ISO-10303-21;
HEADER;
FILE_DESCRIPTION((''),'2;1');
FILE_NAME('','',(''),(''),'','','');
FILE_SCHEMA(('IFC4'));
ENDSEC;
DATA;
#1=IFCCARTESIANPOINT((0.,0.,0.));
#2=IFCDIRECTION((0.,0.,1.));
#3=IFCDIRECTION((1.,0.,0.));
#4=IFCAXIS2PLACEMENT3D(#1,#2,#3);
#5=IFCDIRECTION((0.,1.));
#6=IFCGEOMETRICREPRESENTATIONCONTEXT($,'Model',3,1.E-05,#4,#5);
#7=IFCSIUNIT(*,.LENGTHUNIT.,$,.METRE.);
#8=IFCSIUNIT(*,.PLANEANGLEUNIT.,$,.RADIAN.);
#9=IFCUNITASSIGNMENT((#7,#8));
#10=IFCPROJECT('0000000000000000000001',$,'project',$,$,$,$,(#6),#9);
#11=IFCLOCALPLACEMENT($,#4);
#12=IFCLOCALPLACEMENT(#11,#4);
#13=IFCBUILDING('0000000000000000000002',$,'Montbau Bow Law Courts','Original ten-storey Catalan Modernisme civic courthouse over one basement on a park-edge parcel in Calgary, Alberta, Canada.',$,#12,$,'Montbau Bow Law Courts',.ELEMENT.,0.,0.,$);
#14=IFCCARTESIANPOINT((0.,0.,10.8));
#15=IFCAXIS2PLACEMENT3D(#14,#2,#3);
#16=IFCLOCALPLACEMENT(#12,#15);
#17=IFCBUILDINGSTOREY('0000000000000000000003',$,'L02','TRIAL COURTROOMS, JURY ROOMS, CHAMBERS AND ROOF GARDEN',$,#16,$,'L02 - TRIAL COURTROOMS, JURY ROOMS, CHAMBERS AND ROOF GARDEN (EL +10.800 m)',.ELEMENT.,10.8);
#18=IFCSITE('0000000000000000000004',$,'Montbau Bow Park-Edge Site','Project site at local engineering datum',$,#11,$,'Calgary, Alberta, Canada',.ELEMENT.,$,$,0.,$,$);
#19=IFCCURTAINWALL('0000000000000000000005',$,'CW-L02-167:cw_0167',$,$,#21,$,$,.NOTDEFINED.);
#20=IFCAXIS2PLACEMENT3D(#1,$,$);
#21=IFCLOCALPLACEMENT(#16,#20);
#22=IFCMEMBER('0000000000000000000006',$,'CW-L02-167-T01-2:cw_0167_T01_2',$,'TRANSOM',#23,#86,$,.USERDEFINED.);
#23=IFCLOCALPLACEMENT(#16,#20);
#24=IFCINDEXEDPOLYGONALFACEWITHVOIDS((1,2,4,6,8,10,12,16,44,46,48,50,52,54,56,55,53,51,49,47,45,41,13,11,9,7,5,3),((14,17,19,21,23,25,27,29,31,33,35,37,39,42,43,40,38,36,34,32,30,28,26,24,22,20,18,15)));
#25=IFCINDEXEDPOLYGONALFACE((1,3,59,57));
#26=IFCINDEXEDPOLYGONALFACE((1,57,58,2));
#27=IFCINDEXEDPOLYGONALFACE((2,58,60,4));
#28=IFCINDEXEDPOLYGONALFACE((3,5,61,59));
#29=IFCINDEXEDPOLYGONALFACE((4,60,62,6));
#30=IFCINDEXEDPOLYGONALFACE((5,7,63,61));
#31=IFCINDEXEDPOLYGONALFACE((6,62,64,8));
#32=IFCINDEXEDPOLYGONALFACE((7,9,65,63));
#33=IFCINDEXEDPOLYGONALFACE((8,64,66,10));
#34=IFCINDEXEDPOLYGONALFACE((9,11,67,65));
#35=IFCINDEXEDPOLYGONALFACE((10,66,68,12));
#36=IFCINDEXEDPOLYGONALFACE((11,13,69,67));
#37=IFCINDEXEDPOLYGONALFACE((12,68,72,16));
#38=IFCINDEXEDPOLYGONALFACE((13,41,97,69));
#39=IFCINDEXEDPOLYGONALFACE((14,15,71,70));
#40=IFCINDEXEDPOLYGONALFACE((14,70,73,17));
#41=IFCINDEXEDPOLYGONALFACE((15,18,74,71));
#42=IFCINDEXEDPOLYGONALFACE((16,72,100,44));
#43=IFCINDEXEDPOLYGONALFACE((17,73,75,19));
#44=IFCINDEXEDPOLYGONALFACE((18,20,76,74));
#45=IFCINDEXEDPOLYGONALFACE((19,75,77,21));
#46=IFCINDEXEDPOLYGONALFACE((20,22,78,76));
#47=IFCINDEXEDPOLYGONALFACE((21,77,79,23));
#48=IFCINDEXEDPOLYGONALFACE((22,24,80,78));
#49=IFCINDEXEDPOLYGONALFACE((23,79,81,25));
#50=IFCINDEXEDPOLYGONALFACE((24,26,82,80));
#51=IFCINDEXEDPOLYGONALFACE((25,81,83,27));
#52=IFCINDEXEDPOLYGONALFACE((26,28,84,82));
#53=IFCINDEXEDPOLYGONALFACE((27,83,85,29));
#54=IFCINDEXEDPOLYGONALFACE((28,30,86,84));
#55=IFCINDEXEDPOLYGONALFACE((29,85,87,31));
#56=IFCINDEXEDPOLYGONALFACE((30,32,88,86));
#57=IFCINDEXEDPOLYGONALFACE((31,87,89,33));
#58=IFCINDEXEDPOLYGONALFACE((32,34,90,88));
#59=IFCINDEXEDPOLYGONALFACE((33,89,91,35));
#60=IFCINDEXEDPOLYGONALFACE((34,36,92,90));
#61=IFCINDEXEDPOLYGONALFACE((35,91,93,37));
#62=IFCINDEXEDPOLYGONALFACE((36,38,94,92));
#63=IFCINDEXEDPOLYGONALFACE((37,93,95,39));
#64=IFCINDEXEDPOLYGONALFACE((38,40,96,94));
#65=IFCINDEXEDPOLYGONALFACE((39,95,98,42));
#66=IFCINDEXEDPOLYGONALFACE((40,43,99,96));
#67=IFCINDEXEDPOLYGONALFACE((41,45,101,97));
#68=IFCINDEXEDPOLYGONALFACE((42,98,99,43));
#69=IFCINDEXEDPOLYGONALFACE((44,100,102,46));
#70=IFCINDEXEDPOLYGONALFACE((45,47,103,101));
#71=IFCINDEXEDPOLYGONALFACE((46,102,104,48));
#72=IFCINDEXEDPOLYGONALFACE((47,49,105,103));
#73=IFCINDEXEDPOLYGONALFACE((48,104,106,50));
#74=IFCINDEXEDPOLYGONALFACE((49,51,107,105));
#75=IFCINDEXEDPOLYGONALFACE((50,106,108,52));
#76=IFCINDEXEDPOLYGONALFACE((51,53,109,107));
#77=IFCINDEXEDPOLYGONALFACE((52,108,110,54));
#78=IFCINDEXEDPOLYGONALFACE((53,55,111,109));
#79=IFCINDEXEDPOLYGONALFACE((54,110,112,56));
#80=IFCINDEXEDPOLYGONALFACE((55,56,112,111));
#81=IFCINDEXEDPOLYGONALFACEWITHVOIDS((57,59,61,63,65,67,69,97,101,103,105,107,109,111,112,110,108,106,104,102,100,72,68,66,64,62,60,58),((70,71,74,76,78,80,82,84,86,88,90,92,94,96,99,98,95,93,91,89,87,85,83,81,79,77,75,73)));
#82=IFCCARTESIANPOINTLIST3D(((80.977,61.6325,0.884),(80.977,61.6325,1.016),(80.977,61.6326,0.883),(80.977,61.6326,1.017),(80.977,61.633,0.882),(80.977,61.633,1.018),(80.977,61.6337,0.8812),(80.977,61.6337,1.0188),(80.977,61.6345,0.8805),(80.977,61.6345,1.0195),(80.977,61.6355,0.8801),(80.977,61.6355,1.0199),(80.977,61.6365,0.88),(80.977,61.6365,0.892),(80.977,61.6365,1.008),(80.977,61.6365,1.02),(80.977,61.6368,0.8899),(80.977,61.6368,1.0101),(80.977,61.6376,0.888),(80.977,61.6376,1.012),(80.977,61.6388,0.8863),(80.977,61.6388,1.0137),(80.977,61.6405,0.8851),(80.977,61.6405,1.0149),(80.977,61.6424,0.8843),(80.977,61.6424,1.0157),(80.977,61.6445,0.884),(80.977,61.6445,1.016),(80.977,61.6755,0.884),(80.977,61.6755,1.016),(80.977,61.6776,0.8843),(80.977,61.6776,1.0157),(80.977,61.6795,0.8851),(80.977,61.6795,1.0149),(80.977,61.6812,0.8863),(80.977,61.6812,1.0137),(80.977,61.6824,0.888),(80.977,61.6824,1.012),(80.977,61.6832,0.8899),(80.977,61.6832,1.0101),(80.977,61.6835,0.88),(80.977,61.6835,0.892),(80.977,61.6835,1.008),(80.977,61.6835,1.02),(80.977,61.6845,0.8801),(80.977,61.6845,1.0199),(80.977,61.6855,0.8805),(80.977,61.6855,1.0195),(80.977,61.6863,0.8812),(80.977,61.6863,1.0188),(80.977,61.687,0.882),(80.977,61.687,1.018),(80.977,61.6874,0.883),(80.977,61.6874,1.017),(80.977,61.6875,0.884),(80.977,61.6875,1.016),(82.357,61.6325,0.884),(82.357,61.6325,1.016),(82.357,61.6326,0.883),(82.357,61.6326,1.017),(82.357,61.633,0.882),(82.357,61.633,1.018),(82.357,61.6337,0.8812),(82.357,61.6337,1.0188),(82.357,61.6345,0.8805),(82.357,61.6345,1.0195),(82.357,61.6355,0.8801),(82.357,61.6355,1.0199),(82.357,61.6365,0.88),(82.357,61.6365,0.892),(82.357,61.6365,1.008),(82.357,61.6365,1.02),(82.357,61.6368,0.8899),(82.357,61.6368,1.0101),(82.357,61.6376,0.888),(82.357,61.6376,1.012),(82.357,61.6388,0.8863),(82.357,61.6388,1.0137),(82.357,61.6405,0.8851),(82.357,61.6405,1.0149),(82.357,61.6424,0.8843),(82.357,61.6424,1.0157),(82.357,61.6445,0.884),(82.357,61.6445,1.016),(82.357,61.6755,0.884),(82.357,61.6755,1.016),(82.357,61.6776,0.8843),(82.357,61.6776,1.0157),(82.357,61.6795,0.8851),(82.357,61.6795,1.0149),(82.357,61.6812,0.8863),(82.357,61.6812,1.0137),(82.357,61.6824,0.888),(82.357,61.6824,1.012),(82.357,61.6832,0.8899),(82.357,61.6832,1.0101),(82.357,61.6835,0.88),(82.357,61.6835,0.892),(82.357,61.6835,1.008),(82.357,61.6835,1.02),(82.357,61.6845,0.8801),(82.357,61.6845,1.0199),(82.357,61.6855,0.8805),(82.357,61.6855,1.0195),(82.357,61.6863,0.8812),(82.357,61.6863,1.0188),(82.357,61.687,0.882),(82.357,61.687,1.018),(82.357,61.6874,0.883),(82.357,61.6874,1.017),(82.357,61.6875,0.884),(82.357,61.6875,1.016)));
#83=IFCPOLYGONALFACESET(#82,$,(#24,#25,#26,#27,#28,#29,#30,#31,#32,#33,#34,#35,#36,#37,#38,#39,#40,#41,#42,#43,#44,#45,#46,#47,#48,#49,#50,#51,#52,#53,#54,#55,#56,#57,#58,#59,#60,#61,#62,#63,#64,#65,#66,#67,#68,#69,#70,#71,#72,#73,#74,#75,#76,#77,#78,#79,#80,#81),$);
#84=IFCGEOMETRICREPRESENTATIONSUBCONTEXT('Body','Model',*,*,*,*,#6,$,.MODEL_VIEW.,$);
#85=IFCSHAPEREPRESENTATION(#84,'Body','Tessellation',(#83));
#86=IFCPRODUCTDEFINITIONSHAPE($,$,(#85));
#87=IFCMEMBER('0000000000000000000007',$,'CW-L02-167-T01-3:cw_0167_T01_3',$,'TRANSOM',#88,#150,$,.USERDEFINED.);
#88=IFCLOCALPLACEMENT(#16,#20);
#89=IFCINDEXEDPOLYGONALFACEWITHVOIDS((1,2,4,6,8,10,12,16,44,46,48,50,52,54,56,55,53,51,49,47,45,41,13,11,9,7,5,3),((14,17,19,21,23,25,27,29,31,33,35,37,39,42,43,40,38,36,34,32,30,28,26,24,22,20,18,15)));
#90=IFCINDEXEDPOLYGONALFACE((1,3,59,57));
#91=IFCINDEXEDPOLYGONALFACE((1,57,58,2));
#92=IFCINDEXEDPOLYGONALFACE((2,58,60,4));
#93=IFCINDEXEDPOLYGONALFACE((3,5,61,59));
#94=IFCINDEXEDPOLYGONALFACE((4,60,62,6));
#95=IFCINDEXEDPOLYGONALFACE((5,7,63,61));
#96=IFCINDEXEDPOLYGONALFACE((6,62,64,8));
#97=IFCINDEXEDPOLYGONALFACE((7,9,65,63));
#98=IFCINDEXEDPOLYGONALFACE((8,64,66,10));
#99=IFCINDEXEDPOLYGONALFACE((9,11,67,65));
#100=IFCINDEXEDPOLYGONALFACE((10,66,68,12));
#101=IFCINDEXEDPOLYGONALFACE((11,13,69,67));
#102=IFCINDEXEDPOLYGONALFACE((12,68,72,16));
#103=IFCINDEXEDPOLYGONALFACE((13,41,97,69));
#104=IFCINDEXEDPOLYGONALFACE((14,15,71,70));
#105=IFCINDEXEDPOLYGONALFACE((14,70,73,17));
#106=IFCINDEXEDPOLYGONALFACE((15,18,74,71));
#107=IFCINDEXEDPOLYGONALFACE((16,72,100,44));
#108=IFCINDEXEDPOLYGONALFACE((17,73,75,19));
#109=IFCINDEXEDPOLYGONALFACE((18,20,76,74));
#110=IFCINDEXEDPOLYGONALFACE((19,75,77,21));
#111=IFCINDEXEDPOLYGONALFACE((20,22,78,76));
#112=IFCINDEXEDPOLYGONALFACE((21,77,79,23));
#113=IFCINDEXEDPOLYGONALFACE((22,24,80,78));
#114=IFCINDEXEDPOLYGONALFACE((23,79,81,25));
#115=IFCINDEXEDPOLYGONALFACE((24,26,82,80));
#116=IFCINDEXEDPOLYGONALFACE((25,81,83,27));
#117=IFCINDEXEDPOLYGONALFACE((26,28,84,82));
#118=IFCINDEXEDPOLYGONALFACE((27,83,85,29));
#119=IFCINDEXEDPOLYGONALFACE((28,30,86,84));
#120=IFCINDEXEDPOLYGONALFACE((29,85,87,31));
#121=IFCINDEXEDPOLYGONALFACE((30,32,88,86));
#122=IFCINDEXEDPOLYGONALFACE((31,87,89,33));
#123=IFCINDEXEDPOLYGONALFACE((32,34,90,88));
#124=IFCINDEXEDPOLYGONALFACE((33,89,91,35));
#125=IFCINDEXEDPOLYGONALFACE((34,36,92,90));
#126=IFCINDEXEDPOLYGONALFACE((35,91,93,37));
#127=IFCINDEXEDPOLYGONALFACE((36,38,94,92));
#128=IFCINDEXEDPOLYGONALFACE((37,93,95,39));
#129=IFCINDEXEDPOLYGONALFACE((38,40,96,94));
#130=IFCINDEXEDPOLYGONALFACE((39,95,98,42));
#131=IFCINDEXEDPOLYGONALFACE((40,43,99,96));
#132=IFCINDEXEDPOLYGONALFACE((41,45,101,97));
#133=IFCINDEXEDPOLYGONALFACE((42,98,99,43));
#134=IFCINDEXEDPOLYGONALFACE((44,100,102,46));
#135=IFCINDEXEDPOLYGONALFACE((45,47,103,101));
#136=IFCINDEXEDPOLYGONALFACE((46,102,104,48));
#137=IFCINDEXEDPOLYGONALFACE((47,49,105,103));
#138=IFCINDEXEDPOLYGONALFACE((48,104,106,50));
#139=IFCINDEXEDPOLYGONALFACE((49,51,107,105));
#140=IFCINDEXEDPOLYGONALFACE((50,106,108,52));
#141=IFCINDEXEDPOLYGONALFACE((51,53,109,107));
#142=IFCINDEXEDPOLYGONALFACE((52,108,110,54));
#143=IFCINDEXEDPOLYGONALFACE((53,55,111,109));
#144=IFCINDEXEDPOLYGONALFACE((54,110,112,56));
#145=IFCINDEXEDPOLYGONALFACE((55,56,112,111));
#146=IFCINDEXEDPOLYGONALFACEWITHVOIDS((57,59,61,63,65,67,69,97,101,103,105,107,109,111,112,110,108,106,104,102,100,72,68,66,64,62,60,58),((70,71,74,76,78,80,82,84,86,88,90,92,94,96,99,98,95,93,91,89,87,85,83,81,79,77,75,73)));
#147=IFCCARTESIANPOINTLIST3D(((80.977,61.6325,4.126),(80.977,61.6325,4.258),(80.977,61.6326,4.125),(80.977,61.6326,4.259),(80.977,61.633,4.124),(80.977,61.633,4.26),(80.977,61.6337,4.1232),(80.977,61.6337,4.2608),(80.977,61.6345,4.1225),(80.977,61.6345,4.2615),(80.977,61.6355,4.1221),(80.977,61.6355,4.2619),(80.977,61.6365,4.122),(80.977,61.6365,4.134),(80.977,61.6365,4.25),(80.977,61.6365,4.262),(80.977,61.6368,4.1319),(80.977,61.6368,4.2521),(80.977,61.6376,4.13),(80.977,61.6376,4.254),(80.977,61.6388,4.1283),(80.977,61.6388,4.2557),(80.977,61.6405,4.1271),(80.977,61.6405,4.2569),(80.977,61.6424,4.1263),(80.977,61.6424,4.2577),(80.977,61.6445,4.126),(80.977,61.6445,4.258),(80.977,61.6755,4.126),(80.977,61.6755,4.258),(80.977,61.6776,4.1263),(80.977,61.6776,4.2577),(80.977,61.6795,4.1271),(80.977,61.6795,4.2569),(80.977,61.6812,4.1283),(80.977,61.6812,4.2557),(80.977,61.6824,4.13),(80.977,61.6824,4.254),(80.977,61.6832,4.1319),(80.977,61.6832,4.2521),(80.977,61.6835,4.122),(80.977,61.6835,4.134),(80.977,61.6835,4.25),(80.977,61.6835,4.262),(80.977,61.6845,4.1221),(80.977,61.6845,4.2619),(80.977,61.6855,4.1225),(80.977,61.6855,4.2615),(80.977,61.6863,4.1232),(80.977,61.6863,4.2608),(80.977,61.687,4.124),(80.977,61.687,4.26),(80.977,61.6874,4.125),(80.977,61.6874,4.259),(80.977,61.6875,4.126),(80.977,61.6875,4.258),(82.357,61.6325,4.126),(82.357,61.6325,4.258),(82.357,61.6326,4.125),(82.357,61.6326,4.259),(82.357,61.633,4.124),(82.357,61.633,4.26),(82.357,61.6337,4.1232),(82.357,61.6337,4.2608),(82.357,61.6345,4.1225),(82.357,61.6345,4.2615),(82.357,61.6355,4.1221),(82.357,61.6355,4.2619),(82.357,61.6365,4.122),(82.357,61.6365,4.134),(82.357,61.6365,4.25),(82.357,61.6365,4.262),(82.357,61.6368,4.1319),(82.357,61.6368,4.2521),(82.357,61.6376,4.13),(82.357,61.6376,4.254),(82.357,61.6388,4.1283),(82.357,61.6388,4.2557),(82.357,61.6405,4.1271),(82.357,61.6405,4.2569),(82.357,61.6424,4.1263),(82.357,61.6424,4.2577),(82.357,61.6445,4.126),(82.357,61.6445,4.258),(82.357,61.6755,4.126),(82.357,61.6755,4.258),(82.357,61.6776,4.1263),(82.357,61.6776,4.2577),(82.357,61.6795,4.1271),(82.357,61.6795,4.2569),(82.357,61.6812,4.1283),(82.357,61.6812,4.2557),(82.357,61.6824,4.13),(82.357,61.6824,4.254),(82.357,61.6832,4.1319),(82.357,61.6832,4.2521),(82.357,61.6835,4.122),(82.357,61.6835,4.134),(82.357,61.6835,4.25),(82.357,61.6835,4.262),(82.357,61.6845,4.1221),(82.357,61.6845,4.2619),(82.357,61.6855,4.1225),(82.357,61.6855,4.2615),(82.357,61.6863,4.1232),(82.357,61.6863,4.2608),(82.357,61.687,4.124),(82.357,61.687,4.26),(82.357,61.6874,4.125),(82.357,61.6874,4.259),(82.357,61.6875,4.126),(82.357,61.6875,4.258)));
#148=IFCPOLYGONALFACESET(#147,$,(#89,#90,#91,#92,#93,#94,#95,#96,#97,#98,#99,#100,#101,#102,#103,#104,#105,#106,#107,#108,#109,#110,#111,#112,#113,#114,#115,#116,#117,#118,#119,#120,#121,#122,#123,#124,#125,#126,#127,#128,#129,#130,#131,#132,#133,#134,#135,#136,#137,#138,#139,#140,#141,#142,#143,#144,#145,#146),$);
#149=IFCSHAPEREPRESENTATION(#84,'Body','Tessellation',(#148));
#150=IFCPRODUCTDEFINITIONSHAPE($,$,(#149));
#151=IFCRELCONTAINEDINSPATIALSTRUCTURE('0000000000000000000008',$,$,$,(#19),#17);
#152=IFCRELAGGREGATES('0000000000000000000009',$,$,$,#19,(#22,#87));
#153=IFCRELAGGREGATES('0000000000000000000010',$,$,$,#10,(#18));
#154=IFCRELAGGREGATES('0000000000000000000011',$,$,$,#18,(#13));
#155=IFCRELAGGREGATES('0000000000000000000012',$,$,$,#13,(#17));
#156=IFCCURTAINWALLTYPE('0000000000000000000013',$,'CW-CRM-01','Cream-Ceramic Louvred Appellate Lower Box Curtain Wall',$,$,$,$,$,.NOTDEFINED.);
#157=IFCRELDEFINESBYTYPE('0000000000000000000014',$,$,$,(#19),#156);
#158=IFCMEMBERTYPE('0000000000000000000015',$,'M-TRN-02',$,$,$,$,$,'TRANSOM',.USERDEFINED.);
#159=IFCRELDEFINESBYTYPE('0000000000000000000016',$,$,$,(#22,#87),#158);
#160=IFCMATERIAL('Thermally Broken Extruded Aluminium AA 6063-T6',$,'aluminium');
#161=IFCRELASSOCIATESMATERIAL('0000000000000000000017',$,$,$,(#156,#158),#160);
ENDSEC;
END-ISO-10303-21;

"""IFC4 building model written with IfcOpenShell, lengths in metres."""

from ifc_helpers import new_model, si_unit, direction, frame, origin_with_axes, origin_2d_with_axis, place, context, subcontext, project, spatial, hollow_rectangle, extrude, material, material_profile, profile_set, type_object, element, aggregate, save


model = new_model("IFC4")

# Units and contexts
model_context = context("Model", 3, precision=1e-05, world=origin_with_axes(), true_north=direction((0.0, 1.0)))
body_context = subcontext(model_context, "Body", "Model", "MODEL_VIEW")
ifc_project = project(units=[si_unit("LENGTHUNIT", "METRE"), si_unit("PLANEANGLEUNIT", "RADIAN")], contexts=[model_context])

# Site, building, storey
site_placement = place(None, origin_with_axes())
site = spatial("IfcSite", under=ifc_project, at=site_placement, Name="Montbau Bow Park-Edge Site", Description="Project site at local engineering datum", LongName="Calgary, Alberta, Canada", CompositionType="ELEMENT", RefElevation=0.0)
building_placement = place(site_placement, origin_with_axes())
building = spatial("IfcBuilding", under=site, at=building_placement, Name="Montbau Bow Law Courts", Description="Original ten-storey Catalan Modernisme civic courthouse over one basement on a park-edge parcel in Calgary, Alberta, Canada.", LongName="Montbau Bow Law Courts", CompositionType="ELEMENT", ElevationOfRefHeight=0.0, ElevationOfTerrain=0.0)
storey_placement = place(building_placement, frame((0.0, 0.0, 10.8), z_axis=(0.0, 0.0, 1.0), x_axis=(1.0, 0.0, 0.0)))
storey = spatial("IfcBuildingStorey", under=building, at=storey_placement, Name="L02", Description="TRIAL COURTROOMS, JURY ROOMS, CHAMBERS AND ROOF GARDEN", LongName="L02 - TRIAL COURTROOMS, JURY ROOMS, CHAMBERS AND ROOF GARDEN (EL +10.800 m)", CompositionType="ELEMENT", Elevation=10.8)

# Curtain wall
ifc_material_1 = material(Name="Thermally Broken Extruded Aluminium AA 6063-T6", Category="aluminium")
curtain_wall_type = type_object("IfcCurtainWallType", Name="CW-CRM-01", Description="Cream-Ceramic Louvred Appellate Lower Box Curtain Wall", PredefinedType="NOTDEFINED", material=ifc_material_1)
curtain_wall_1_placement = place(None, frame((80.915, 61.66, 10.8), z_axis=(0.0, 0.0, 1.0), x_axis=(1.0, 0.0, 0.0)))
curtain_wall_1 = element("IfcCurtainWall", 1, at=curtain_wall_1_placement, inside=storey, type_object=curtain_wall_type, Name="CW-L02-167:cw_0167", PredefinedType="NOTDEFINED")

# Members
ifc_material_profile_1 = material_profile(ifc_material_1, hollow_rectangle(XDim=0.055, YDim=0.14, WallThickness=0.004, InnerFilletRadius=0.008, OuterFilletRadius=0.004, at=origin_2d_with_axis()), Name="CWT-140X55", Category="Main", Priority=0)
ifc_profile_set_1 = profile_set([ifc_material_profile_1], Name="Thermally Broken Extruded Aluminium AA 6063-T6")
member_type_1 = type_object("IfcMemberType", Name="M-TRN-02", ElementType="TRANSOM", PredefinedType="USERDEFINED", material=ifc_profile_set_1)
member_1_placement = place(None, frame((80.977, 61.66, 11.75), z_axis=(1.0, 0.0, 0.0), x_axis=(0.0, 1.0, 0.0)))
member_1 = element("IfcMember", 2, at=member_1_placement, type_object=member_type_1, Name="CW-L02-167-T01-2:cw_0167_T01_2", ObjectType="TRANSOM", PredefinedType="USERDEFINED", context=body_context, shape_type="SweptSolid", body=[
    extrude(hollow_rectangle(XDim=0.055, YDim=0.14, WallThickness=0.004, InnerFilletRadius=0.008, OuterFilletRadius=0.004, at=origin_2d_with_axis()), origin_with_axes(), (0.0, 0.0, 1.0), 1.38),
])
member_2_placement = place(None, frame((80.977, 61.66, 14.992), z_axis=(1.0, 0.0, 0.0), x_axis=(0.0, 1.0, 0.0)))
member_2 = element("IfcMember", 3, at=member_2_placement, type_object=member_type_1, Name="CW-L02-167-T01-3:cw_0167_T01_3", ObjectType="TRANSOM", PredefinedType="USERDEFINED", context=body_context, shape_type="SweptSolid", body=[
    extrude(hollow_rectangle(XDim=0.055, YDim=0.14, WallThickness=0.004, InnerFilletRadius=0.008, OuterFilletRadius=0.004, at=origin_2d_with_axis()), origin_with_axes(), (0.0, 0.0, 1.0), 1.38),
])

aggregate(curtain_wall_1, [member_1, member_2])

save(model, "model.ifc")
